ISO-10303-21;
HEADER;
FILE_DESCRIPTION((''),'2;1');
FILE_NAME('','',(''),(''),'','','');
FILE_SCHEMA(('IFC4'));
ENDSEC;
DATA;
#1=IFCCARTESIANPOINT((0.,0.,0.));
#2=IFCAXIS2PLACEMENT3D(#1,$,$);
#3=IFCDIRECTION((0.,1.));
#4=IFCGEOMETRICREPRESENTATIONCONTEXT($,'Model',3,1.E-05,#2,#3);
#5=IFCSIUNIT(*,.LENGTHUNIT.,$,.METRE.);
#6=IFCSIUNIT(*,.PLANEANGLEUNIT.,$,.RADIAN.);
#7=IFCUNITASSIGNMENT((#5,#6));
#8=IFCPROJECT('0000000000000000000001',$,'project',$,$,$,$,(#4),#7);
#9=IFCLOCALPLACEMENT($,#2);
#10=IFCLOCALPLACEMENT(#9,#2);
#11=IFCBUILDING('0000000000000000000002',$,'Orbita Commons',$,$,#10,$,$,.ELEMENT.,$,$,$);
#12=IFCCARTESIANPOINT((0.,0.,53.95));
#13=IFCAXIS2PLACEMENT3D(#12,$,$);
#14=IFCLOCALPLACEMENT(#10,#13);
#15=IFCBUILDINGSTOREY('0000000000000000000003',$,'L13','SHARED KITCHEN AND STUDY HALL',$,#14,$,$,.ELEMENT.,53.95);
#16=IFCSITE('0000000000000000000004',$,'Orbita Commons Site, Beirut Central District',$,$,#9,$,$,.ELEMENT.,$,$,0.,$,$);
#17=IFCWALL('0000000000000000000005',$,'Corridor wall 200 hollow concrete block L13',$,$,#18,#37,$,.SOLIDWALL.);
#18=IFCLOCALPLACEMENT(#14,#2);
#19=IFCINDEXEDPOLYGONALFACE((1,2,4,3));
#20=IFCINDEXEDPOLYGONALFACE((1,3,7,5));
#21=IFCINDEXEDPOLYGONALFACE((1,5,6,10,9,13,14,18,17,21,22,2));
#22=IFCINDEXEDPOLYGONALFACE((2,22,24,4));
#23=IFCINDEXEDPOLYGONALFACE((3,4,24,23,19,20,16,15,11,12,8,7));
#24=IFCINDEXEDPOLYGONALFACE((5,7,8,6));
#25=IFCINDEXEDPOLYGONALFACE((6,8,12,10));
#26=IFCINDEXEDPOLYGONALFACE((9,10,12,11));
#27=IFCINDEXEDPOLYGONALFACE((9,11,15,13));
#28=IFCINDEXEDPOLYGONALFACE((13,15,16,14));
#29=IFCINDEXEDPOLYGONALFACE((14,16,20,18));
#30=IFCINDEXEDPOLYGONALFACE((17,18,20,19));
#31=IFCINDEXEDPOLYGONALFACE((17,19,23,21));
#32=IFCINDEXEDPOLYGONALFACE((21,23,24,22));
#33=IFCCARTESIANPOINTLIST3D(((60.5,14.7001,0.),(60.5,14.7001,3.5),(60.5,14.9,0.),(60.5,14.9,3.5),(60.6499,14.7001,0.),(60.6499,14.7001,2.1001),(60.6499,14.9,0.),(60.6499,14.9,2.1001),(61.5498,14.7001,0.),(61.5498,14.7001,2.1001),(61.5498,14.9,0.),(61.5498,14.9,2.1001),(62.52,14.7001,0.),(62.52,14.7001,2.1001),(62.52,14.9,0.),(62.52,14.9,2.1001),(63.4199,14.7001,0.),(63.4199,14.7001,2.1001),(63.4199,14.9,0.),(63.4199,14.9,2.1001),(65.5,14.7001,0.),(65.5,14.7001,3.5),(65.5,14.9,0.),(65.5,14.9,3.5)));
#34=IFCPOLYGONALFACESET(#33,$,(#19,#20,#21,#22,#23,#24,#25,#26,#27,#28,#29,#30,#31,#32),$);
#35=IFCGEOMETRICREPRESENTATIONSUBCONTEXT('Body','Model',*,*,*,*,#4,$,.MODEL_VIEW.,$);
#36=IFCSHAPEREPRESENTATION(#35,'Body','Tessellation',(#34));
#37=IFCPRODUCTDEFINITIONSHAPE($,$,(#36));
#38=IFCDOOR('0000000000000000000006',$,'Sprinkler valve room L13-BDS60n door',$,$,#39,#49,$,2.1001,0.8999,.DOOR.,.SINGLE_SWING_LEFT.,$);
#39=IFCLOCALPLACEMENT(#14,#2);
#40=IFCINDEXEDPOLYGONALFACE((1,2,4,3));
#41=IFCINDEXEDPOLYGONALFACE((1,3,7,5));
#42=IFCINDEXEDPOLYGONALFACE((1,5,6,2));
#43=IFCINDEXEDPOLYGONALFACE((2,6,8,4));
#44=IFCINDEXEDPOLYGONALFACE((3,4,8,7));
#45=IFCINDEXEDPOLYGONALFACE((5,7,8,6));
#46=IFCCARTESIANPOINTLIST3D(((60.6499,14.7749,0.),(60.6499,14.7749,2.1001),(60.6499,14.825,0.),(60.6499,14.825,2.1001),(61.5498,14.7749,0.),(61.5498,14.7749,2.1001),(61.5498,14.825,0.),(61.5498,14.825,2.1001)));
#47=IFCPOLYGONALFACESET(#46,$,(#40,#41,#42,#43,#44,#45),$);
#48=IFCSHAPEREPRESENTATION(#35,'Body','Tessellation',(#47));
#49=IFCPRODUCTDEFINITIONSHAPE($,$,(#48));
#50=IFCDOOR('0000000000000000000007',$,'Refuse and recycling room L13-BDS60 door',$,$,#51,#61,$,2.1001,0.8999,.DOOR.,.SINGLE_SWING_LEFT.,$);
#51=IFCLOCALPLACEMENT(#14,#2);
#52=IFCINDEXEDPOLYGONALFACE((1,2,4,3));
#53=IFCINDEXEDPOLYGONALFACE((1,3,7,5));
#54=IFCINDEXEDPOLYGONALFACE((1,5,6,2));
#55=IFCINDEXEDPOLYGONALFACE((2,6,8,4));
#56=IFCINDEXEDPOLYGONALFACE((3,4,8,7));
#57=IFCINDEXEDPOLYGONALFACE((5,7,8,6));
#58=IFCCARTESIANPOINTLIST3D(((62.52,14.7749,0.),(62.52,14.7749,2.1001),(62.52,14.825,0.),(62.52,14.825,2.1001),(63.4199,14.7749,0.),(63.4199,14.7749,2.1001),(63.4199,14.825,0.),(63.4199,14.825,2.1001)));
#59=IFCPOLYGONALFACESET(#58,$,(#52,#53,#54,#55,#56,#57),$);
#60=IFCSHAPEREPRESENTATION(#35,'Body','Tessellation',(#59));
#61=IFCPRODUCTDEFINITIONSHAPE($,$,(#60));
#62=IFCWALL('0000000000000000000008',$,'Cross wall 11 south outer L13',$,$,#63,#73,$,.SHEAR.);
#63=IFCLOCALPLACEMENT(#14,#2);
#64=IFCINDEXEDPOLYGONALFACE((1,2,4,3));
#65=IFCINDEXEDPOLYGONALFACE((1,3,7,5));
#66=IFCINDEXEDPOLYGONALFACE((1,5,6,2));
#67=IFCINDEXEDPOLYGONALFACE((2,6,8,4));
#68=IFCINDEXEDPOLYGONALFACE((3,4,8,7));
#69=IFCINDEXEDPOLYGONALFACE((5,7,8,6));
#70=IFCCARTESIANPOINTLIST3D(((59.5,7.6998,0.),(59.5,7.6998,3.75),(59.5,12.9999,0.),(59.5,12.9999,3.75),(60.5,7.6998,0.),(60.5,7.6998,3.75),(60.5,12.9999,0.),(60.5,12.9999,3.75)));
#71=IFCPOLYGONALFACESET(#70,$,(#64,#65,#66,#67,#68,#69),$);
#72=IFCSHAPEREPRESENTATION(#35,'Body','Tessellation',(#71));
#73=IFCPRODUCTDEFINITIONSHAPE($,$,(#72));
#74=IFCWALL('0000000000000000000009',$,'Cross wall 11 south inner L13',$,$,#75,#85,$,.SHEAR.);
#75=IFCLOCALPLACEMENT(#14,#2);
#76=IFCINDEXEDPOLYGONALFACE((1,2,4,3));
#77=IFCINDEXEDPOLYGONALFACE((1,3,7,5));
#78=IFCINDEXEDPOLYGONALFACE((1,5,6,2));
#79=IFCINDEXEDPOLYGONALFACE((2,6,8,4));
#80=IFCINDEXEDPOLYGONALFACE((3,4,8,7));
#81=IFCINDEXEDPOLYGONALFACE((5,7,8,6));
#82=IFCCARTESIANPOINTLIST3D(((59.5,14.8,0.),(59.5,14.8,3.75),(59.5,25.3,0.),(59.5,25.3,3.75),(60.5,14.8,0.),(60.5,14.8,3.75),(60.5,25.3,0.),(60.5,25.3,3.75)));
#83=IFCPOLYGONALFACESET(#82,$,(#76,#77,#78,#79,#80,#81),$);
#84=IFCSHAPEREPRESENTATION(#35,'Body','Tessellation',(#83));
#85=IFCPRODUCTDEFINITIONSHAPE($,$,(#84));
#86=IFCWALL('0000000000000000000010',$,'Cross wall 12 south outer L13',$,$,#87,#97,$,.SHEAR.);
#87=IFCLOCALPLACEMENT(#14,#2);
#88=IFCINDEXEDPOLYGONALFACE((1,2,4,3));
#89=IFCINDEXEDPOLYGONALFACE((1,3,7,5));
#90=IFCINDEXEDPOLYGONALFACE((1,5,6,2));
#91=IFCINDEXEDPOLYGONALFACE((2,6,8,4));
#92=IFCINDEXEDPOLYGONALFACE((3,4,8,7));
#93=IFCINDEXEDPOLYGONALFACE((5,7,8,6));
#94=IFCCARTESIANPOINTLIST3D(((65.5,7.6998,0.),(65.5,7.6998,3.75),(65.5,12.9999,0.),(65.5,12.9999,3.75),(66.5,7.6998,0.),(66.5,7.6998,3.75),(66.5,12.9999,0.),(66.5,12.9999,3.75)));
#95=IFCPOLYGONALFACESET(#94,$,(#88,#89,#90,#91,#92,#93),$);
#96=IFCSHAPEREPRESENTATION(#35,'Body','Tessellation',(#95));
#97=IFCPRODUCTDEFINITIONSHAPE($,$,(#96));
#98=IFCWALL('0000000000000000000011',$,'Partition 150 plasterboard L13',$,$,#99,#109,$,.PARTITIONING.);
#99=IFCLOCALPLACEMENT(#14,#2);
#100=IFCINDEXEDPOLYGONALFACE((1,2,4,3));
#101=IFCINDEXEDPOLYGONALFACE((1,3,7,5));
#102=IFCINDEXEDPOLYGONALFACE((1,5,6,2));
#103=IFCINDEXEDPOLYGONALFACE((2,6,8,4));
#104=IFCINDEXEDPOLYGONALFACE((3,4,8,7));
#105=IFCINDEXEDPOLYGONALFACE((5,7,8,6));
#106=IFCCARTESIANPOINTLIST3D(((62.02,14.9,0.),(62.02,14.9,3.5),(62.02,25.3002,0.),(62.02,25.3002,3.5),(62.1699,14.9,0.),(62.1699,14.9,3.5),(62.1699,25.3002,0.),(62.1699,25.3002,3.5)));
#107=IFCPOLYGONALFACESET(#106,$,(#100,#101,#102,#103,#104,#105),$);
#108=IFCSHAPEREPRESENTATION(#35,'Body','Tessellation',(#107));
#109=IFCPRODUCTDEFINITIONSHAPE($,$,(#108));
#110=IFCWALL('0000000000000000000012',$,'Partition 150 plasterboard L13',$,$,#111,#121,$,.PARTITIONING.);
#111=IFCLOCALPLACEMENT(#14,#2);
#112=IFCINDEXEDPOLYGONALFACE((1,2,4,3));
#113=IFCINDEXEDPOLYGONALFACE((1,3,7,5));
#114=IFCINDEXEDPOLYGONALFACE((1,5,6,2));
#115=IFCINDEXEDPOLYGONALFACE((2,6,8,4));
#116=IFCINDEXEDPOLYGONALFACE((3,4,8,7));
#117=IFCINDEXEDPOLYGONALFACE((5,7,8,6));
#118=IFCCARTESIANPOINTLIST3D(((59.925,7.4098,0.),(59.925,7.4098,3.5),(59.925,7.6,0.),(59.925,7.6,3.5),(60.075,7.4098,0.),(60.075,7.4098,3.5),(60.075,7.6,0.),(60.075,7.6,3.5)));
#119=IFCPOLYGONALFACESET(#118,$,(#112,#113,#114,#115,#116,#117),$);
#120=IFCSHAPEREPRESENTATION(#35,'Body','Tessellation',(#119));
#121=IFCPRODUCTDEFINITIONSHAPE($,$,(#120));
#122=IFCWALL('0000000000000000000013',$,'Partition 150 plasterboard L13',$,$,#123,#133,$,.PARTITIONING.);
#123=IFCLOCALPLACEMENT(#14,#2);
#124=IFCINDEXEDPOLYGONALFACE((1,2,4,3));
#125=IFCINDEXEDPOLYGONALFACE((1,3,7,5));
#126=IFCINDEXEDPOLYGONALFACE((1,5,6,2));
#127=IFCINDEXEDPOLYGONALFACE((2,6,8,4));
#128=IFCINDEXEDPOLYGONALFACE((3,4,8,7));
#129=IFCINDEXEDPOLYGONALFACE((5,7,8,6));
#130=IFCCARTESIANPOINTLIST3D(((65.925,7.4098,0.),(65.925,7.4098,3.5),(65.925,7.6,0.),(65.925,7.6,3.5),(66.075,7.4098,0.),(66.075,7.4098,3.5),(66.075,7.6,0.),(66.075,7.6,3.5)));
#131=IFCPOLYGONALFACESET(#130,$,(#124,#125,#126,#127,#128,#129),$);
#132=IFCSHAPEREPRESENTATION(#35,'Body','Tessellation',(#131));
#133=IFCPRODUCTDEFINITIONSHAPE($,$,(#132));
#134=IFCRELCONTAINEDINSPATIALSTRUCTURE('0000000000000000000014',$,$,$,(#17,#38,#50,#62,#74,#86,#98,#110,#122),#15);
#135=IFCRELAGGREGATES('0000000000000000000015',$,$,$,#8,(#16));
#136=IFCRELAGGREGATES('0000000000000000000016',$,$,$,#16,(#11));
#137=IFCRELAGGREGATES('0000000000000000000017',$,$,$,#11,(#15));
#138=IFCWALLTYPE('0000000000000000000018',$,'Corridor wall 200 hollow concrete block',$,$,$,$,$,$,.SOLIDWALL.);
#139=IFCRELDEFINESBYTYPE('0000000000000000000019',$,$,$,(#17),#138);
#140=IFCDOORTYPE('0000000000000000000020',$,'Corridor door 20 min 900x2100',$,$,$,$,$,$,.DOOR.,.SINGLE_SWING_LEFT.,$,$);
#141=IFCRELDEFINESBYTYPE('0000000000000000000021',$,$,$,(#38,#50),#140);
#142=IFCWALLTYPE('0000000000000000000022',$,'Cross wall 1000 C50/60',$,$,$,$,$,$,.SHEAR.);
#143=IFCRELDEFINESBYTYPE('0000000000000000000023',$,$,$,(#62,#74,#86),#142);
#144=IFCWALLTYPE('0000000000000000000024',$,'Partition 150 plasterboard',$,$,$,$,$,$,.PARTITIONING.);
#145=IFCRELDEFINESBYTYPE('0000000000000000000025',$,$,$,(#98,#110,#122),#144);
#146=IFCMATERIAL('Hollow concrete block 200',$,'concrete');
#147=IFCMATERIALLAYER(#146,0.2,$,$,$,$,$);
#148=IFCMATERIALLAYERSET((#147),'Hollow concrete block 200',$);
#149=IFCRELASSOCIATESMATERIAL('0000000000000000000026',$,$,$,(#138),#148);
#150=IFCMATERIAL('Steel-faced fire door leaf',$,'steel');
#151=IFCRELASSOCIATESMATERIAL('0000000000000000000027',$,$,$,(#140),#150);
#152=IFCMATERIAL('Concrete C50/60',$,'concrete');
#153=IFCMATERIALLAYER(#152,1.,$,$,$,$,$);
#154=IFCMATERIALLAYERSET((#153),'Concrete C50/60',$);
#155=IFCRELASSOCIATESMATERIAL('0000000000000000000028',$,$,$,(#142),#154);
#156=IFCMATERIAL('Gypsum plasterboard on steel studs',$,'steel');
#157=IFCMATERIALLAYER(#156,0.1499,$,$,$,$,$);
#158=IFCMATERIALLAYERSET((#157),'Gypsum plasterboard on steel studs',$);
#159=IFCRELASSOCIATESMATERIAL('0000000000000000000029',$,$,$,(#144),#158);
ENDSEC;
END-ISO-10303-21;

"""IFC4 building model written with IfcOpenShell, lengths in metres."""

from ifc_helpers import new_model, si_unit, direction, frame, frame_2d, origin, place, context, subcontext, project, spatial, rectangle, extrude, material, layer, layer_set, type_object, element, fill, save


model = new_model("IFC4")

# Units and contexts
model_context = context("Model", 3, precision=1e-05, world=origin(), true_north=direction((0.0, 1.0)))
body_context = subcontext(model_context, "Body", "Model", "MODEL_VIEW")
ifc_project = project(units=[si_unit("LENGTHUNIT", "METRE"), si_unit("PLANEANGLEUNIT", "RADIAN")], contexts=[model_context])

# Site, building, storey
site_placement = place(None, origin())
site = spatial("IfcSite", under=ifc_project, at=site_placement, Name="Orbita Commons Site, Beirut Central District", CompositionType="ELEMENT", RefElevation=0.0)
building_placement = place(site_placement, origin())
building = spatial("IfcBuilding", under=site, at=building_placement, Name="Orbita Commons", CompositionType="ELEMENT")
storey_placement = place(building_placement, frame((0.0, 0.0, 53.95)))
storey = spatial("IfcBuildingStorey", under=building, at=storey_placement, Name="L13", Description="SHARED KITCHEN AND STUDY HALL", CompositionType="ELEMENT", Elevation=53.95)

# Wall, openings, doors
ifc_material_1 = material(Name="Hollow concrete block 200", Category="concrete")
ifc_layer_1 = layer(ifc_material_1, 0.2)
ifc_layer_set_1 = layer_set([ifc_layer_1], Name="Hollow concrete block 200")
wall_type_1 = type_object("IfcWallType", Name="Corridor wall 200 hollow concrete block", PredefinedType="SOLIDWALL", material=ifc_layer_set_1)
wall_1_placement = place(storey_placement, frame((60.5, 14.8, 0.0), z_axis=(0.0, 0.0, 1.0), x_axis=(1.0, 0.0, 0.0)))
wall_1 = element("IfcWall", 1, at=wall_1_placement, inside=storey, type_object=wall_type_1, Name="Corridor wall 200 hollow concrete block L13", PredefinedType="SOLIDWALL", context=body_context, shape_type="SweptSolid", body=[
    extrude(rectangle(XDim=5.0, YDim=0.2, at=frame_2d((2.5, 0.0))), origin(), (0.0, 0.0, 1.0), 3.5),
])
opening_1_placement = place(wall_1_placement, frame((0.1499, 0.0, 0.0)))
opening_1 = element("IfcOpeningElement", 2, at=opening_1_placement, cuts=wall_1, PredefinedType="OPENING", context=body_context, shape_type="SweptSolid", body=[
    extrude(rectangle(XDim=0.8999, YDim=2.1001, at=frame_2d((0.45, 1.05))), frame((0.0, 0.1099, 0.0), z_axis=(0.0, -1.0, 0.0), x_axis=(1.0, 0.0, 0.0)), (0.0, 0.0, 1.0), 0.22),
])
opening_2_placement = place(wall_1_placement, frame((2.02, 0.0, 0.0)))
opening_2 = element("IfcOpeningElement", 3, at=opening_2_placement, cuts=wall_1, PredefinedType="OPENING", context=body_context, shape_type="SweptSolid", body=[
    extrude(rectangle(XDim=0.8999, YDim=2.1001, at=frame_2d((0.45, 1.05))), frame((0.0, 0.1099, 0.0), z_axis=(0.0, -1.0, 0.0), x_axis=(1.0, 0.0, 0.0)), (0.0, 0.0, 1.0), 0.22),
])
ifc_material_2 = material(Name="Steel-faced fire door leaf", Category="steel")
door_type_1 = type_object("IfcDoorType", Name="Corridor door 20 min 900x2100", OperationType="SINGLE_SWING_LEFT", PredefinedType="DOOR", material=ifc_material_2)
door_1_placement = place(opening_1_placement, origin())
door_1 = element("IfcDoor", 4, at=door_1_placement, inside=storey, type_object=door_type_1, Name="Sprinkler valve room L13-BDS60n door", OperationType="SINGLE_SWING_LEFT", OverallHeight=2.1001, OverallWidth=0.8999, PredefinedType="DOOR", context=body_context, shape_type="SweptSolid", body=[
    extrude(rectangle(XDim=0.8999, YDim=2.1001, at=frame_2d((0.45, 1.05))), frame((0.0, 0.0249, 0.0), z_axis=(0.0, -1.0, 0.0), x_axis=(1.0, 0.0, 0.0)), (0.0, 0.0, 1.0), 0.05),
])
fill(opening_1, door_1)
door_2_placement = place(opening_2_placement, origin())
door_2 = element("IfcDoor", 5, at=door_2_placement, inside=storey, type_object=door_type_1, Name="Refuse and recycling room L13-BDS60 door", OperationType="SINGLE_SWING_LEFT", OverallHeight=2.1001, OverallWidth=0.8999, PredefinedType="DOOR", context=body_context, shape_type="SweptSolid", body=[
    extrude(rectangle(XDim=0.8999, YDim=2.1001, at=frame_2d((0.45, 1.05))), frame((0.0, 0.0249, 0.0), z_axis=(0.0, -1.0, 0.0), x_axis=(1.0, 0.0, 0.0)), (0.0, 0.0, 1.0), 0.05),
])
fill(opening_2, door_2)

# Walls
ifc_material_3 = material(Name="Concrete C50/60", Category="concrete")
ifc_layer_2 = layer(ifc_material_3, 1.0)
ifc_layer_set_2 = layer_set([ifc_layer_2], Name="Concrete C50/60")
wall_type_2 = type_object("IfcWallType", Name="Cross wall 1000 C50/60", PredefinedType="SHEAR", material=ifc_layer_set_2)
wall_2_placement = place(storey_placement, frame((60.0, 7.7, 0.0), z_axis=(0.0, 0.0, 1.0), x_axis=(0.0, 1.0, 0.0)))
element("IfcWall", 6, at=wall_2_placement, inside=storey, type_object=wall_type_2, Name="Cross wall 11 south outer L13", PredefinedType="SHEAR", context=body_context, shape_type="SweptSolid", body=[
    extrude(rectangle(XDim=5.3, YDim=1.0, at=frame_2d((2.6499, 0.0))), origin(), (0.0, 0.0, 1.0), 3.75),
])
wall_3_placement = place(storey_placement, frame((60.0, 14.8, 0.0), z_axis=(0.0, 0.0, 1.0), x_axis=(0.0, 1.0, 0.0)))
element("IfcWall", 7, at=wall_3_placement, inside=storey, type_object=wall_type_2, Name="Cross wall 11 south inner L13", PredefinedType="SHEAR", context=body_context, shape_type="SweptSolid", body=[
    extrude(rectangle(XDim=10.5, YDim=1.0, at=frame_2d((5.25, 0.0))), origin(), (0.0, 0.0, 1.0), 3.75),
])
wall_4_placement = place(storey_placement, frame((66.0, 7.7, 0.0), z_axis=(0.0, 0.0, 1.0), x_axis=(0.0, 1.0, 0.0)))
element("IfcWall", 8, at=wall_4_placement, inside=storey, type_object=wall_type_2, Name="Cross wall 12 south outer L13", PredefinedType="SHEAR", context=body_context, shape_type="SweptSolid", body=[
    extrude(rectangle(XDim=5.3, YDim=1.0, at=frame_2d((2.6499, 0.0))), origin(), (0.0, 0.0, 1.0), 3.75),
])
ifc_material_4 = material(Name="Gypsum plasterboard on steel studs", Category="steel")
ifc_layer_3 = layer(ifc_material_4, 0.1499)
ifc_layer_set_3 = layer_set([ifc_layer_3], Name="Gypsum plasterboard on steel studs")
wall_type_3 = type_object("IfcWallType", Name="Partition 150 plasterboard", PredefinedType="PARTITIONING", material=ifc_layer_set_3)
wall_5_placement = place(storey_placement, frame((62.095, 14.8999, 0.0), z_axis=(0.0, 0.0, 1.0), x_axis=(0.0, 1.0, 0.0)))
element("IfcWall", 9, at=wall_5_placement, inside=storey, type_object=wall_type_3, Name="Partition 150 plasterboard L13", PredefinedType="PARTITIONING", context=body_context, shape_type="SweptSolid", body=[
    extrude(rectangle(XDim=10.4001, YDim=0.1499, at=frame_2d((5.2002, 0.0))), origin(), (0.0, 0.0, 1.0), 3.5),
])
for number, where, z_axis, x_axis, name in (
    (10, (60.0, 7.6001, 0.0), (0.0, 0.0, 1.0), (0.0, -1.0, 0.0), "Partition 150 plasterboard L13"),
    (11, (66.0, 7.6001, 0.0), (0.0, 0.0, 1.0), (0.0, -1.0, 0.0), "Partition 150 plasterboard L13"),
):
    element("IfcWall", number, at=place(storey_placement, frame(where, z_axis=z_axis, x_axis=x_axis)), inside=storey, type_object=wall_type_3, Name=name, PredefinedType="PARTITIONING", context=body_context, shape_type="SweptSolid", body=[
        extrude(rectangle(XDim=0.1902, YDim=0.1499, at=frame_2d((0.0952, 0.0))), origin(), (0.0, 0.0, 1.0), 3.5),
    ])

save(model, "model.ifc")
